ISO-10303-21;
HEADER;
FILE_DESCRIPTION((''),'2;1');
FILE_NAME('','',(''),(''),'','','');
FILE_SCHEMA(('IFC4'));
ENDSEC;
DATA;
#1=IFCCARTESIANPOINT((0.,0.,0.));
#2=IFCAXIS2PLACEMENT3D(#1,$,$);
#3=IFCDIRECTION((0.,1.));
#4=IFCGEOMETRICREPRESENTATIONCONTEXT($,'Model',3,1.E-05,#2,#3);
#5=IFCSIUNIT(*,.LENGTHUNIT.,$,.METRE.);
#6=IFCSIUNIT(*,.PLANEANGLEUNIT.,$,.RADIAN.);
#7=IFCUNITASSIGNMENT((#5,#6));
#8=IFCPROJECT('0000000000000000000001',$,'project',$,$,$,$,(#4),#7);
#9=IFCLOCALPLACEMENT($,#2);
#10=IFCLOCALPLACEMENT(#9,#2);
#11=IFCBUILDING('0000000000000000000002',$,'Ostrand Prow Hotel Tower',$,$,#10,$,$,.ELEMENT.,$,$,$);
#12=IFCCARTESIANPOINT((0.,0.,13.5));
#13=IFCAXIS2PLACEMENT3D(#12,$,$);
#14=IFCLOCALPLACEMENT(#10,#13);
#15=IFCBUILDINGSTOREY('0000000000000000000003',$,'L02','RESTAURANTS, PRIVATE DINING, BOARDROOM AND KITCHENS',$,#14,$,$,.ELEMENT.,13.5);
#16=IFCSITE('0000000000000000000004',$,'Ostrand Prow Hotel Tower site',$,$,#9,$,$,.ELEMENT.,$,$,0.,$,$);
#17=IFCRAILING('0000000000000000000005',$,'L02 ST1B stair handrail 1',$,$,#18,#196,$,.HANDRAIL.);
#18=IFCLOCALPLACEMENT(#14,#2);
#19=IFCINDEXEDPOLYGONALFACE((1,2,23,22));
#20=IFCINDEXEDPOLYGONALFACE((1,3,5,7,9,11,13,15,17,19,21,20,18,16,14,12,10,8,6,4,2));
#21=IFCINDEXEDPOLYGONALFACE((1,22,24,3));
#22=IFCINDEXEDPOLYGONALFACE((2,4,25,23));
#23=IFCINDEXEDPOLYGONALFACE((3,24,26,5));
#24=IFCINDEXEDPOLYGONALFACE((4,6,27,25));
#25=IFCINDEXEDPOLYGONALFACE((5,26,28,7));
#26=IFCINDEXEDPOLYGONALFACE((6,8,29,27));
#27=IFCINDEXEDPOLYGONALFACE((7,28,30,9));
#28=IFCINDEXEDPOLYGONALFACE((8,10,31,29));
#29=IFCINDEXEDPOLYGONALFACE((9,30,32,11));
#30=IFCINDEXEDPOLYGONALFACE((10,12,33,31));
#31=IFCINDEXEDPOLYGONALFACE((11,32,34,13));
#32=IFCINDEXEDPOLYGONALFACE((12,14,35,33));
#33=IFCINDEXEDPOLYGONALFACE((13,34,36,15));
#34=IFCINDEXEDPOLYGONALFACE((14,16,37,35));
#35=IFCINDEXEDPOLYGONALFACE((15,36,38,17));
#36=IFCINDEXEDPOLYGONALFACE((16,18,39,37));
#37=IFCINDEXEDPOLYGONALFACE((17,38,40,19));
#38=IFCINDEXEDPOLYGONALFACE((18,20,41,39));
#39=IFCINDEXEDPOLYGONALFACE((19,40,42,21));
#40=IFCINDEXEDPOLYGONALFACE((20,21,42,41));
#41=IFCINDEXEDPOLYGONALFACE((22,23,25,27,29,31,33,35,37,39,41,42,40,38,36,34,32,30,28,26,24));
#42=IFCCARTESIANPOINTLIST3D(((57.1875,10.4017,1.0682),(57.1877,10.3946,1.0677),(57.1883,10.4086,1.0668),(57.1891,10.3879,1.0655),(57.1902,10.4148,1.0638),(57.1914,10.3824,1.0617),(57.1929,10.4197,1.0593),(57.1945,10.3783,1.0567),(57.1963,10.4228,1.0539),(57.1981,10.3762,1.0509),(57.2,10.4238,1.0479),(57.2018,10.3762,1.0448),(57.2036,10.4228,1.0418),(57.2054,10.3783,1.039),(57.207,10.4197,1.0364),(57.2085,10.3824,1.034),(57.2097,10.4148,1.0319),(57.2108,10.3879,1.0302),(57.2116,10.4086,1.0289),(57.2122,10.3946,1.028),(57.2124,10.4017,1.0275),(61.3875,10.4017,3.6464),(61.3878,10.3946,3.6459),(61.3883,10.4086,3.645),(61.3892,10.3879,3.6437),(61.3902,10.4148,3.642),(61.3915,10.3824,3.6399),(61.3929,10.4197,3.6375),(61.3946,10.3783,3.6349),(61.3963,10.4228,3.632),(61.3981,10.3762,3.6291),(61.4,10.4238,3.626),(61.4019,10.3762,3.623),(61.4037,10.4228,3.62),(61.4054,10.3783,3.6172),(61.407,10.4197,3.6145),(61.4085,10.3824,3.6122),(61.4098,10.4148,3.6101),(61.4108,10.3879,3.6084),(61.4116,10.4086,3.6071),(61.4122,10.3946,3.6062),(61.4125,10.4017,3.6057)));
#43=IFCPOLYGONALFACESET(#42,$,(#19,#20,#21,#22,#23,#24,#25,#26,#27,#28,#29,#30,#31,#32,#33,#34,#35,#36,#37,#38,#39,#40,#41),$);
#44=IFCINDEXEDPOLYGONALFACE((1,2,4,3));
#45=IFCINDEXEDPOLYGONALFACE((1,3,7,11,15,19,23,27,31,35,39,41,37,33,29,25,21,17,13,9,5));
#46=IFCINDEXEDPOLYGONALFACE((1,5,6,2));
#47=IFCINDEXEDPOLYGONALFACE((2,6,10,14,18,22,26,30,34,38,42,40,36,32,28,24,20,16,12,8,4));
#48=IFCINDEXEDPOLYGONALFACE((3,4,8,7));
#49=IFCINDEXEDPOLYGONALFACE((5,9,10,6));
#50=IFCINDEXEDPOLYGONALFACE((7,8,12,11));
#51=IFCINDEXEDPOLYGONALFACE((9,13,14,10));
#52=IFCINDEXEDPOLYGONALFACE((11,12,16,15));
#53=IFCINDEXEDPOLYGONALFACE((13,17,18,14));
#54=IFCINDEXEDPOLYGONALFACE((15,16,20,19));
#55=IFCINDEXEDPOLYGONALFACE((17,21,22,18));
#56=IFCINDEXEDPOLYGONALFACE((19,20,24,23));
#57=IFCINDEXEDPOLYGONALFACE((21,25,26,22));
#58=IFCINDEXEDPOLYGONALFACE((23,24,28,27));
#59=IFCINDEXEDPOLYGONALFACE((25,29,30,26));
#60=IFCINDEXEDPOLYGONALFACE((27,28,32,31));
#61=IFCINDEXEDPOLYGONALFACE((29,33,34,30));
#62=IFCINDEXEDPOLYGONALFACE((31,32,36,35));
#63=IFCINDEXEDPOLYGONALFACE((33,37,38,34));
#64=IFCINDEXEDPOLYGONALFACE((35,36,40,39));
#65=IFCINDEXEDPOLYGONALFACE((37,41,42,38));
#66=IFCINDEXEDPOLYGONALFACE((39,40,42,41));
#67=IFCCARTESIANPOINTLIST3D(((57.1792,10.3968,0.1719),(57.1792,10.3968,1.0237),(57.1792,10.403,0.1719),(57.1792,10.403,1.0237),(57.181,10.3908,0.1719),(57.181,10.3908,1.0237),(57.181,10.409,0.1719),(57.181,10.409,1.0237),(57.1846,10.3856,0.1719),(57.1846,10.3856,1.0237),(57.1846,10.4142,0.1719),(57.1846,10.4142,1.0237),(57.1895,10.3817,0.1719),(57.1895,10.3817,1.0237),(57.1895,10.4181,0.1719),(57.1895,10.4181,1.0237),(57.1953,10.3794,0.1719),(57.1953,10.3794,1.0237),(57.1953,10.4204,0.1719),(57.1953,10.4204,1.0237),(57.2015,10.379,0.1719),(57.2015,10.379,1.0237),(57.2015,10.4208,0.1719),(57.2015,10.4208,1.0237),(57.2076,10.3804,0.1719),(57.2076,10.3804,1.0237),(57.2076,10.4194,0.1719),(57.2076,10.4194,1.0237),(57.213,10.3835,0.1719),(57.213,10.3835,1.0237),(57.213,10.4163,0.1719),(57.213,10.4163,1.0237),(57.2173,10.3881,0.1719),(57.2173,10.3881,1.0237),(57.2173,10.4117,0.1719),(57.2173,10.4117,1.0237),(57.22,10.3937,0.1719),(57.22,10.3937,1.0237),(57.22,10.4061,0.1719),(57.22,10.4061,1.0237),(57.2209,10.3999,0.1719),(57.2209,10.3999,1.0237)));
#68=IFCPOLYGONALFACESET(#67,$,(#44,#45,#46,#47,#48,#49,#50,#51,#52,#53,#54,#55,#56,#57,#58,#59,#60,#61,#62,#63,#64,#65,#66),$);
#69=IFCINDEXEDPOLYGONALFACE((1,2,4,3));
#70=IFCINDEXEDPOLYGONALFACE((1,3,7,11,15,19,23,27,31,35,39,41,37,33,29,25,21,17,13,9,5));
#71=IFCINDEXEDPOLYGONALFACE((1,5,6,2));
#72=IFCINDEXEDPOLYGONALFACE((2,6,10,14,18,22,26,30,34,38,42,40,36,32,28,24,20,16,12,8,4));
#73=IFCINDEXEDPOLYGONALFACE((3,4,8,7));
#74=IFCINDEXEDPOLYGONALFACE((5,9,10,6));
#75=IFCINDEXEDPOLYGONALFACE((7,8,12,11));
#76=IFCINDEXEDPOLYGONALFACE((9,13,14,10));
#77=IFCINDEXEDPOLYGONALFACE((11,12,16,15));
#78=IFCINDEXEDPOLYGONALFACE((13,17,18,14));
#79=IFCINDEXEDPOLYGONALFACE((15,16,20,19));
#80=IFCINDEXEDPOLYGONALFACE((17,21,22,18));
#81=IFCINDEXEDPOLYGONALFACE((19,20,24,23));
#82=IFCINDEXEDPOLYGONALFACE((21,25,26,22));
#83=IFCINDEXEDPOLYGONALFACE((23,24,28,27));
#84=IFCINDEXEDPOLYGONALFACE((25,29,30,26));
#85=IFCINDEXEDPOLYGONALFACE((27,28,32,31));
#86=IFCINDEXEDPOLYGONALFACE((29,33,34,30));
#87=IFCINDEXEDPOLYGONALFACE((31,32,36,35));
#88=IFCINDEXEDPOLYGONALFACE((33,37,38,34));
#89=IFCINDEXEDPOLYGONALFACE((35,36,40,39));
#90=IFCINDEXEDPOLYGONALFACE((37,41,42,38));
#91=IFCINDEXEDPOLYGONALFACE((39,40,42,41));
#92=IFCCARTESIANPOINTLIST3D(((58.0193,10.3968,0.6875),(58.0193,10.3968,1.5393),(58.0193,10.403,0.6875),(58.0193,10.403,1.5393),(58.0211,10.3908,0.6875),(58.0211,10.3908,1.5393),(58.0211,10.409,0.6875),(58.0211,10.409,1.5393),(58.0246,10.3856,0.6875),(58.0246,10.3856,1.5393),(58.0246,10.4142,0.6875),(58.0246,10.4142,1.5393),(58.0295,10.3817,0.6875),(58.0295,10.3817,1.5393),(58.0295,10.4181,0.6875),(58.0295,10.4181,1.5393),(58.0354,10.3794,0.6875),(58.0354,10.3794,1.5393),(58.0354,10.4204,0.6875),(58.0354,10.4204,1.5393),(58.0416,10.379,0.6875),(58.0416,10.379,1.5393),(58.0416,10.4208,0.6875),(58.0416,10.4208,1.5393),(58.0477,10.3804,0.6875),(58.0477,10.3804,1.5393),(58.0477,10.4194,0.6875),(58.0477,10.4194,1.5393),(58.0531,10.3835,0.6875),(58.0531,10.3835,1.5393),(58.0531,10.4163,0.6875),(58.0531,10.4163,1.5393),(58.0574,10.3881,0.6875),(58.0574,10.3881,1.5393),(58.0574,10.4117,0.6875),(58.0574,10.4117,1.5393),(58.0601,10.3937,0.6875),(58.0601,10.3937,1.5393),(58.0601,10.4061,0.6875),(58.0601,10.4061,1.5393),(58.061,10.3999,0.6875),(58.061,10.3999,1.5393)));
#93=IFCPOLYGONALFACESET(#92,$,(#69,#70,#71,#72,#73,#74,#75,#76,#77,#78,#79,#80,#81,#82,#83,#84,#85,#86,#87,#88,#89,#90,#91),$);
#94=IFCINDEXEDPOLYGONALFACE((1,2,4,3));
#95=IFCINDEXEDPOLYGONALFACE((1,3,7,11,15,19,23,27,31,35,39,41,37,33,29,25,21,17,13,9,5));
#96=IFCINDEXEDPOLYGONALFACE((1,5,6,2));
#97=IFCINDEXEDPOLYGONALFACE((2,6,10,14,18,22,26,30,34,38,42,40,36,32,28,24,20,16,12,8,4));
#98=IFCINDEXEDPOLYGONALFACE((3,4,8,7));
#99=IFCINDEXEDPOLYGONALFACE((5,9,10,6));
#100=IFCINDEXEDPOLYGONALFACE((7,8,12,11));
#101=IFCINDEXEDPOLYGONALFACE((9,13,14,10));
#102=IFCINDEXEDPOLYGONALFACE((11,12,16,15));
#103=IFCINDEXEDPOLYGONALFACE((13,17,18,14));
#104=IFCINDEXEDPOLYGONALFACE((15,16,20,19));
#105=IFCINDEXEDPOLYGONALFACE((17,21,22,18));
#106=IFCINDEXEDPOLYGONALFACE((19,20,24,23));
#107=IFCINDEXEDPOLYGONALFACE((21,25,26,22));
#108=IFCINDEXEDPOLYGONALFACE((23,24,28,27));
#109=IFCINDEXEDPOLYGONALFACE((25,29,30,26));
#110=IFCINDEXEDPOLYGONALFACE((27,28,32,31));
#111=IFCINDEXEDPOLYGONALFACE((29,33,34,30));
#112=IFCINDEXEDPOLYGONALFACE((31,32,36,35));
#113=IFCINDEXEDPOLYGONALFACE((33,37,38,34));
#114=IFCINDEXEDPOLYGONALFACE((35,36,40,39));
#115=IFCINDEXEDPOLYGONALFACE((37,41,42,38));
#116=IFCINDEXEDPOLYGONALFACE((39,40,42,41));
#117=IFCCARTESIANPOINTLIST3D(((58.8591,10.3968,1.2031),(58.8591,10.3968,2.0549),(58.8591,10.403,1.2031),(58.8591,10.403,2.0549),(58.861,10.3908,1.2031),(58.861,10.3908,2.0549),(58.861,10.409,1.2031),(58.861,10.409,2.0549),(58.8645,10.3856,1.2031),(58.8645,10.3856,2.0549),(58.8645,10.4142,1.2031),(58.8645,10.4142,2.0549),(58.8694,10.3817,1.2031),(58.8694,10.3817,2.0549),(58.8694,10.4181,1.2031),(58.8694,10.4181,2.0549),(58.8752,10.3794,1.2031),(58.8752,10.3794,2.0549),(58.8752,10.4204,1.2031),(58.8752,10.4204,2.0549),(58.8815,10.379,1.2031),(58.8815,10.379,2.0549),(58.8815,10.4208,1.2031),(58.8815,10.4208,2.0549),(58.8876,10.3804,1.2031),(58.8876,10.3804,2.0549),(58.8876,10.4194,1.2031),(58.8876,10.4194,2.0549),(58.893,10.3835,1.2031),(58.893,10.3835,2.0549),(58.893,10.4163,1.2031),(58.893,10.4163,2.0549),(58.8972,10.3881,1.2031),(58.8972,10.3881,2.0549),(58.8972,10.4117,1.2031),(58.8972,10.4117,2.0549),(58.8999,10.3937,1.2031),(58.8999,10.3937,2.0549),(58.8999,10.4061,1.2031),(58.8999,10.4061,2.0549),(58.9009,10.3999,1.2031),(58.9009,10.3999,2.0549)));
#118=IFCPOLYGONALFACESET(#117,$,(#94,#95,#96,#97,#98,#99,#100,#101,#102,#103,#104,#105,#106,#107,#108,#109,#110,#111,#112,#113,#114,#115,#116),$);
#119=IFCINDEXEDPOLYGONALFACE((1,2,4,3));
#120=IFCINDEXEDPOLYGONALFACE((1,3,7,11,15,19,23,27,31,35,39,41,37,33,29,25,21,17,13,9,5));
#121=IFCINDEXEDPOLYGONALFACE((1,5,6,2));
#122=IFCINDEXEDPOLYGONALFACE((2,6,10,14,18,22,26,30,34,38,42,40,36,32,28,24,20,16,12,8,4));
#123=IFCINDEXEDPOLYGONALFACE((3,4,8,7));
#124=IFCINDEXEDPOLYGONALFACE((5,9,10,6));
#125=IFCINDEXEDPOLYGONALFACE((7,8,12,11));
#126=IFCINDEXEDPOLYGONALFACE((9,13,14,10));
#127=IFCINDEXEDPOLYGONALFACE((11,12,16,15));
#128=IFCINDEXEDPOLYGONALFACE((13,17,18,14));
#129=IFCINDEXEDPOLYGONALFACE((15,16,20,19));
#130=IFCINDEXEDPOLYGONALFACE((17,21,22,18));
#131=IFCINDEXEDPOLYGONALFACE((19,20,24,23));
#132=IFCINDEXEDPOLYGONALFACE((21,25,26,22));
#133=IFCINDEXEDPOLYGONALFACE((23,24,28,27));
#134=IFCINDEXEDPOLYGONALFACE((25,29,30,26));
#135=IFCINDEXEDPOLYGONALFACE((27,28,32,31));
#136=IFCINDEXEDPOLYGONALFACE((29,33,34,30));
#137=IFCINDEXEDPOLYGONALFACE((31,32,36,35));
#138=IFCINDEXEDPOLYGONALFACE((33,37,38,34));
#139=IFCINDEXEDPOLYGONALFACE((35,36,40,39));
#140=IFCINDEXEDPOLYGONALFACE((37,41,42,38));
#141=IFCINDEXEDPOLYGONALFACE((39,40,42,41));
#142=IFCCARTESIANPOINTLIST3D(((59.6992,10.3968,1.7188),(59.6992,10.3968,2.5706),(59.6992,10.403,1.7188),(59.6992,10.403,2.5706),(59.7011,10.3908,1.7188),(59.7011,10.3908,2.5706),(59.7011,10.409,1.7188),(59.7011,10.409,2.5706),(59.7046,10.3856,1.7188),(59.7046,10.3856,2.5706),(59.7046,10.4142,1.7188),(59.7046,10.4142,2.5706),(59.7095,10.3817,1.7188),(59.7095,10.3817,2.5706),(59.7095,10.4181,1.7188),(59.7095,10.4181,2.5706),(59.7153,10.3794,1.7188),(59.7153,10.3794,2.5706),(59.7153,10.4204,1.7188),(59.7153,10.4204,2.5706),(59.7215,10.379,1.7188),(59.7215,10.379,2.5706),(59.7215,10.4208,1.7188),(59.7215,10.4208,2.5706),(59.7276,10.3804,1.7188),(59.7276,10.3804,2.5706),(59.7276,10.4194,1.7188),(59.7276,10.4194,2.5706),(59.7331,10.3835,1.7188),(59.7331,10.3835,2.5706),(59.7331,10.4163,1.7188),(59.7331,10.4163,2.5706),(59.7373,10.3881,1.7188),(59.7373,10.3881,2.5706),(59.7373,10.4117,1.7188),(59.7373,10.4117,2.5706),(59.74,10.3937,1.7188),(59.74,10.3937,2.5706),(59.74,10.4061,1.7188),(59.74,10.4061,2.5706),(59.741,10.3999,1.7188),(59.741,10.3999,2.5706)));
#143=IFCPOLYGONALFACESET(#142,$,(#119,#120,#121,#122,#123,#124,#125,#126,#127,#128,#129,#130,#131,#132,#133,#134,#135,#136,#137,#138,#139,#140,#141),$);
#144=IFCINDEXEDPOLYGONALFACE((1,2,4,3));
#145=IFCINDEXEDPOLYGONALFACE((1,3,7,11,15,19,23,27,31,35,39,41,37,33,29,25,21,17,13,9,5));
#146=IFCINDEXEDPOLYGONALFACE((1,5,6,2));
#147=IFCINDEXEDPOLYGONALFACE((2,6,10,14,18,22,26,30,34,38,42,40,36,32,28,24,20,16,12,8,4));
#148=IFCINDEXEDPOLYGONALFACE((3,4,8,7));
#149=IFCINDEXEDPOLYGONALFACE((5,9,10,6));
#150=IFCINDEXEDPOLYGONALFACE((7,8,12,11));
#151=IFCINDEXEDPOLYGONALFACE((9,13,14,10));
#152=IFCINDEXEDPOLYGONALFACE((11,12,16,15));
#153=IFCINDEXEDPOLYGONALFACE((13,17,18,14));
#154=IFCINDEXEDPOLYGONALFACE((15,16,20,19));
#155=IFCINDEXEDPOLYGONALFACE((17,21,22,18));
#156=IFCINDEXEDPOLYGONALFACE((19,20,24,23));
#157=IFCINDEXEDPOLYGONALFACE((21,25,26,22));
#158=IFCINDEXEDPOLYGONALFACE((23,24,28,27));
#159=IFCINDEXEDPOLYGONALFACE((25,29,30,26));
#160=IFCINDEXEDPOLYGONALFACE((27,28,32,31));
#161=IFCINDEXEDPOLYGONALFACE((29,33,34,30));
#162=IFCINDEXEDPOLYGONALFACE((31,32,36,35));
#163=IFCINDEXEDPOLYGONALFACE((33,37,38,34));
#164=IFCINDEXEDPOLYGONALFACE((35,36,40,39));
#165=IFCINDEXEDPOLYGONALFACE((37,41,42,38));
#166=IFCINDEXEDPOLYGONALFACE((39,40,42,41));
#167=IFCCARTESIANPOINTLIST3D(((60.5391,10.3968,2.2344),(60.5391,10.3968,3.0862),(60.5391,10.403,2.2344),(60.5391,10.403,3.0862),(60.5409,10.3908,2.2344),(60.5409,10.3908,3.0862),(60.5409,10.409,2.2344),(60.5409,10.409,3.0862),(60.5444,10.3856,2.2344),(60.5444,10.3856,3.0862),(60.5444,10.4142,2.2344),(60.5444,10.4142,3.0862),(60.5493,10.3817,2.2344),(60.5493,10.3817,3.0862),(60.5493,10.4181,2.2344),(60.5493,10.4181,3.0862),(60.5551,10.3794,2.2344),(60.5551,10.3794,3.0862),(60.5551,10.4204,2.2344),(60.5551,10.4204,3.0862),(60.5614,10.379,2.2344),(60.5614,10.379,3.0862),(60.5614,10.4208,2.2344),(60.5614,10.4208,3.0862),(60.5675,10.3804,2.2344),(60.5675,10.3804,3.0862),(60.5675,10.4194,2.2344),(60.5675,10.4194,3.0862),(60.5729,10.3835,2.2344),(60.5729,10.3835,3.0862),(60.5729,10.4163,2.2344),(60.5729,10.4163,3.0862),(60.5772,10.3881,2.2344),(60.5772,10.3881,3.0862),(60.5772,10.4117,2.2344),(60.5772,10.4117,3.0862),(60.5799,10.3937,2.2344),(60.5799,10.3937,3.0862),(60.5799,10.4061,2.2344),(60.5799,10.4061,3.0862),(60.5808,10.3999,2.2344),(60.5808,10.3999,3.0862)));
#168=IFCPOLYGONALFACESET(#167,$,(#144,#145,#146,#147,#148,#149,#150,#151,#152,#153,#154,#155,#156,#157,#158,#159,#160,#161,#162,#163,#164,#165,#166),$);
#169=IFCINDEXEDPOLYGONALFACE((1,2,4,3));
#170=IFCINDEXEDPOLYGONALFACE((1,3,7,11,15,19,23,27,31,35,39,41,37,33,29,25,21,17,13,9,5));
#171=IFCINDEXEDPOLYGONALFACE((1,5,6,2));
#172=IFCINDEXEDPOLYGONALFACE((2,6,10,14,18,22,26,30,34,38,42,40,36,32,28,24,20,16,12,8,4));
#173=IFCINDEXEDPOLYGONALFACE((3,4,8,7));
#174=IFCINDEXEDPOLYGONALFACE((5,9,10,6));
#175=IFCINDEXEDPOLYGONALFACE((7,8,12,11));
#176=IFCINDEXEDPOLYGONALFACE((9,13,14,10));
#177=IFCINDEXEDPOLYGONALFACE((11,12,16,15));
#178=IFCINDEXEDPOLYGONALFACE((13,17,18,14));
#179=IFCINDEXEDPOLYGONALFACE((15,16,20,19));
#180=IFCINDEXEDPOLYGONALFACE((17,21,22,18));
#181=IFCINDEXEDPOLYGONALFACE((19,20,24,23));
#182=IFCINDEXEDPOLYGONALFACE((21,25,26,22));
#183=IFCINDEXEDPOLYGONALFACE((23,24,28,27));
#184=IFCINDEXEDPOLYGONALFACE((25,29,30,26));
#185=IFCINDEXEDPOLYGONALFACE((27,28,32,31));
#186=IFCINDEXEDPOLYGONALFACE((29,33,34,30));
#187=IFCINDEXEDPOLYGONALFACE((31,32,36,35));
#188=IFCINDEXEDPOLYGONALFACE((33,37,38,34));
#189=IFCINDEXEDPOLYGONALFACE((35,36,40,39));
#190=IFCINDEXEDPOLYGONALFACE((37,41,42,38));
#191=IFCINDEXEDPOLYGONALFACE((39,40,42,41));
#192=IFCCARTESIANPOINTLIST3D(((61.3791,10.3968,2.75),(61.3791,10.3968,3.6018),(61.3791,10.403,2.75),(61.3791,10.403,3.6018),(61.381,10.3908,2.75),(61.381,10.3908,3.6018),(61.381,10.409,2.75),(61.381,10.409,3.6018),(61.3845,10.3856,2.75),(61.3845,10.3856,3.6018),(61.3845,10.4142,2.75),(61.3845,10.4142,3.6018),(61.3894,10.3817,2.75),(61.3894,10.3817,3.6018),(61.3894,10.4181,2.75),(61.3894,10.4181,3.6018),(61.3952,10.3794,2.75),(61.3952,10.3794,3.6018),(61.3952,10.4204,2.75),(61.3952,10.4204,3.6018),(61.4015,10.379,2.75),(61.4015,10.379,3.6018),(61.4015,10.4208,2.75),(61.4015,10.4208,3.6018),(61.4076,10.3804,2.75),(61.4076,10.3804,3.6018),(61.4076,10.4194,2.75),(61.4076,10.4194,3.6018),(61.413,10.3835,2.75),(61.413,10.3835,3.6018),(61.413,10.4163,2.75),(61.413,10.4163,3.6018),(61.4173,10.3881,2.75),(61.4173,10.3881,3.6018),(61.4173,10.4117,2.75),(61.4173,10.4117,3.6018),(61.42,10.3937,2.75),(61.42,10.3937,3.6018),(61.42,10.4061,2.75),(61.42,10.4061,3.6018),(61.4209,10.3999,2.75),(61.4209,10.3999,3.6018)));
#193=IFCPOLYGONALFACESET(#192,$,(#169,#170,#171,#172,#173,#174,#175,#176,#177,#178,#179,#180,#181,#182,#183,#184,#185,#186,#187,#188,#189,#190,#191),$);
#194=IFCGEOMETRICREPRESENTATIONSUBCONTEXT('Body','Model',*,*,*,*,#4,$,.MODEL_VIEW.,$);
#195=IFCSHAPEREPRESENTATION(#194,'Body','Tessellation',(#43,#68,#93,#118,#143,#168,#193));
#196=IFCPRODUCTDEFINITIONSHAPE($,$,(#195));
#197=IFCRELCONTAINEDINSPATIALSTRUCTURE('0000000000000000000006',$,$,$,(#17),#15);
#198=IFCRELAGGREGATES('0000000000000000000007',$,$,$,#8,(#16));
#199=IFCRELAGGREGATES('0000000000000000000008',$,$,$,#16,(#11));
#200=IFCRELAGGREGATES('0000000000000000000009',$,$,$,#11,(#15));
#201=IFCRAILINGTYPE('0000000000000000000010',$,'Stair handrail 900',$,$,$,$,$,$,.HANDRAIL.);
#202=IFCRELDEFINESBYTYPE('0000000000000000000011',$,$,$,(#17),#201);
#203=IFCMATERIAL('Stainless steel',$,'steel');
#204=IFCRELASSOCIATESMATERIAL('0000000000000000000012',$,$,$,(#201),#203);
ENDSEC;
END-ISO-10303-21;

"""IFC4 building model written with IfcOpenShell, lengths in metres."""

from ifc_helpers import new_model, si_unit, direction, frame, origin, origin_2d, place, context, subcontext, project, spatial, circle, extrude, material, type_object, element, save


model = new_model("IFC4")

# Units and contexts
model_context = context("Model", 3, precision=1e-05, world=origin(), true_north=direction((0.0, 1.0)))
body_context = subcontext(model_context, "Body", "Model", "MODEL_VIEW")
ifc_project = project(units=[si_unit("LENGTHUNIT", "METRE"), si_unit("PLANEANGLEUNIT", "RADIAN")], contexts=[model_context])

# Site, building, storey
site_placement = place(None, origin())
site = spatial("IfcSite", under=ifc_project, at=site_placement, Name="Ostrand Prow Hotel Tower site", CompositionType="ELEMENT", RefElevation=0.0)
building_placement = place(site_placement, origin())
building = spatial("IfcBuilding", under=site, at=building_placement, Name="Ostrand Prow Hotel Tower", CompositionType="ELEMENT")
storey_placement = place(building_placement, frame((0.0, 0.0, 13.5)))
storey = spatial("IfcBuildingStorey", under=building, at=storey_placement, Name="L02", Description="RESTAURANTS, PRIVATE DINING, BOARDROOM AND KITCHENS", CompositionType="ELEMENT", Elevation=13.5)

# Railing
ifc_material_1 = material(Name="Stainless steel", Category="steel")
railing_type_1 = type_object("IfcRailingType", Name="Stair handrail 900", PredefinedType="HANDRAIL", material=ifc_material_1)
railing_1_placement = place(storey_placement, frame((57.2, 10.3999, 0.1719)))
element("IfcRailing", 1, at=railing_1_placement, inside=storey, type_object=railing_type_1, Name="L02 ST1B stair handrail 1", PredefinedType="HANDRAIL", context=body_context, shape_type="SweptSolid", body=[
    extrude(circle(Radius=0.0239, at=origin_2d()), frame((0.0, 0.0, 0.876), z_axis=(0.852243, 0.0, 0.523146), x_axis=(0.0, 1.0, 0.0)), (0.0, 0.0, 1.0), 4.9282),
    extrude(circle(Radius=0.021, at=origin_2d()), origin(), (0.0, 0.0, 1.0), 0.8518),
    extrude(circle(Radius=0.021, at=origin_2d()), frame((0.8401, 0.0, 0.5156)), (0.0, 0.0, 1.0), 0.8518),
    extrude(circle(Radius=0.021, at=origin_2d()), frame((1.6799, 0.0, 1.0312)), (0.0, 0.0, 1.0), 0.8518),
    extrude(circle(Radius=0.021, at=origin_2d()), frame((2.52, 0.0, 1.5469)), (0.0, 0.0, 1.0), 0.8518),
    extrude(circle(Radius=0.021, at=origin_2d()), frame((3.3599, 0.0, 2.0625)), (0.0, 0.0, 1.0), 0.8518),
    extrude(circle(Radius=0.021, at=origin_2d()), frame((4.2, 0.0, 2.5781)), (0.0, 0.0, 1.0), 0.8518),
])

save(model, "model.ifc")
